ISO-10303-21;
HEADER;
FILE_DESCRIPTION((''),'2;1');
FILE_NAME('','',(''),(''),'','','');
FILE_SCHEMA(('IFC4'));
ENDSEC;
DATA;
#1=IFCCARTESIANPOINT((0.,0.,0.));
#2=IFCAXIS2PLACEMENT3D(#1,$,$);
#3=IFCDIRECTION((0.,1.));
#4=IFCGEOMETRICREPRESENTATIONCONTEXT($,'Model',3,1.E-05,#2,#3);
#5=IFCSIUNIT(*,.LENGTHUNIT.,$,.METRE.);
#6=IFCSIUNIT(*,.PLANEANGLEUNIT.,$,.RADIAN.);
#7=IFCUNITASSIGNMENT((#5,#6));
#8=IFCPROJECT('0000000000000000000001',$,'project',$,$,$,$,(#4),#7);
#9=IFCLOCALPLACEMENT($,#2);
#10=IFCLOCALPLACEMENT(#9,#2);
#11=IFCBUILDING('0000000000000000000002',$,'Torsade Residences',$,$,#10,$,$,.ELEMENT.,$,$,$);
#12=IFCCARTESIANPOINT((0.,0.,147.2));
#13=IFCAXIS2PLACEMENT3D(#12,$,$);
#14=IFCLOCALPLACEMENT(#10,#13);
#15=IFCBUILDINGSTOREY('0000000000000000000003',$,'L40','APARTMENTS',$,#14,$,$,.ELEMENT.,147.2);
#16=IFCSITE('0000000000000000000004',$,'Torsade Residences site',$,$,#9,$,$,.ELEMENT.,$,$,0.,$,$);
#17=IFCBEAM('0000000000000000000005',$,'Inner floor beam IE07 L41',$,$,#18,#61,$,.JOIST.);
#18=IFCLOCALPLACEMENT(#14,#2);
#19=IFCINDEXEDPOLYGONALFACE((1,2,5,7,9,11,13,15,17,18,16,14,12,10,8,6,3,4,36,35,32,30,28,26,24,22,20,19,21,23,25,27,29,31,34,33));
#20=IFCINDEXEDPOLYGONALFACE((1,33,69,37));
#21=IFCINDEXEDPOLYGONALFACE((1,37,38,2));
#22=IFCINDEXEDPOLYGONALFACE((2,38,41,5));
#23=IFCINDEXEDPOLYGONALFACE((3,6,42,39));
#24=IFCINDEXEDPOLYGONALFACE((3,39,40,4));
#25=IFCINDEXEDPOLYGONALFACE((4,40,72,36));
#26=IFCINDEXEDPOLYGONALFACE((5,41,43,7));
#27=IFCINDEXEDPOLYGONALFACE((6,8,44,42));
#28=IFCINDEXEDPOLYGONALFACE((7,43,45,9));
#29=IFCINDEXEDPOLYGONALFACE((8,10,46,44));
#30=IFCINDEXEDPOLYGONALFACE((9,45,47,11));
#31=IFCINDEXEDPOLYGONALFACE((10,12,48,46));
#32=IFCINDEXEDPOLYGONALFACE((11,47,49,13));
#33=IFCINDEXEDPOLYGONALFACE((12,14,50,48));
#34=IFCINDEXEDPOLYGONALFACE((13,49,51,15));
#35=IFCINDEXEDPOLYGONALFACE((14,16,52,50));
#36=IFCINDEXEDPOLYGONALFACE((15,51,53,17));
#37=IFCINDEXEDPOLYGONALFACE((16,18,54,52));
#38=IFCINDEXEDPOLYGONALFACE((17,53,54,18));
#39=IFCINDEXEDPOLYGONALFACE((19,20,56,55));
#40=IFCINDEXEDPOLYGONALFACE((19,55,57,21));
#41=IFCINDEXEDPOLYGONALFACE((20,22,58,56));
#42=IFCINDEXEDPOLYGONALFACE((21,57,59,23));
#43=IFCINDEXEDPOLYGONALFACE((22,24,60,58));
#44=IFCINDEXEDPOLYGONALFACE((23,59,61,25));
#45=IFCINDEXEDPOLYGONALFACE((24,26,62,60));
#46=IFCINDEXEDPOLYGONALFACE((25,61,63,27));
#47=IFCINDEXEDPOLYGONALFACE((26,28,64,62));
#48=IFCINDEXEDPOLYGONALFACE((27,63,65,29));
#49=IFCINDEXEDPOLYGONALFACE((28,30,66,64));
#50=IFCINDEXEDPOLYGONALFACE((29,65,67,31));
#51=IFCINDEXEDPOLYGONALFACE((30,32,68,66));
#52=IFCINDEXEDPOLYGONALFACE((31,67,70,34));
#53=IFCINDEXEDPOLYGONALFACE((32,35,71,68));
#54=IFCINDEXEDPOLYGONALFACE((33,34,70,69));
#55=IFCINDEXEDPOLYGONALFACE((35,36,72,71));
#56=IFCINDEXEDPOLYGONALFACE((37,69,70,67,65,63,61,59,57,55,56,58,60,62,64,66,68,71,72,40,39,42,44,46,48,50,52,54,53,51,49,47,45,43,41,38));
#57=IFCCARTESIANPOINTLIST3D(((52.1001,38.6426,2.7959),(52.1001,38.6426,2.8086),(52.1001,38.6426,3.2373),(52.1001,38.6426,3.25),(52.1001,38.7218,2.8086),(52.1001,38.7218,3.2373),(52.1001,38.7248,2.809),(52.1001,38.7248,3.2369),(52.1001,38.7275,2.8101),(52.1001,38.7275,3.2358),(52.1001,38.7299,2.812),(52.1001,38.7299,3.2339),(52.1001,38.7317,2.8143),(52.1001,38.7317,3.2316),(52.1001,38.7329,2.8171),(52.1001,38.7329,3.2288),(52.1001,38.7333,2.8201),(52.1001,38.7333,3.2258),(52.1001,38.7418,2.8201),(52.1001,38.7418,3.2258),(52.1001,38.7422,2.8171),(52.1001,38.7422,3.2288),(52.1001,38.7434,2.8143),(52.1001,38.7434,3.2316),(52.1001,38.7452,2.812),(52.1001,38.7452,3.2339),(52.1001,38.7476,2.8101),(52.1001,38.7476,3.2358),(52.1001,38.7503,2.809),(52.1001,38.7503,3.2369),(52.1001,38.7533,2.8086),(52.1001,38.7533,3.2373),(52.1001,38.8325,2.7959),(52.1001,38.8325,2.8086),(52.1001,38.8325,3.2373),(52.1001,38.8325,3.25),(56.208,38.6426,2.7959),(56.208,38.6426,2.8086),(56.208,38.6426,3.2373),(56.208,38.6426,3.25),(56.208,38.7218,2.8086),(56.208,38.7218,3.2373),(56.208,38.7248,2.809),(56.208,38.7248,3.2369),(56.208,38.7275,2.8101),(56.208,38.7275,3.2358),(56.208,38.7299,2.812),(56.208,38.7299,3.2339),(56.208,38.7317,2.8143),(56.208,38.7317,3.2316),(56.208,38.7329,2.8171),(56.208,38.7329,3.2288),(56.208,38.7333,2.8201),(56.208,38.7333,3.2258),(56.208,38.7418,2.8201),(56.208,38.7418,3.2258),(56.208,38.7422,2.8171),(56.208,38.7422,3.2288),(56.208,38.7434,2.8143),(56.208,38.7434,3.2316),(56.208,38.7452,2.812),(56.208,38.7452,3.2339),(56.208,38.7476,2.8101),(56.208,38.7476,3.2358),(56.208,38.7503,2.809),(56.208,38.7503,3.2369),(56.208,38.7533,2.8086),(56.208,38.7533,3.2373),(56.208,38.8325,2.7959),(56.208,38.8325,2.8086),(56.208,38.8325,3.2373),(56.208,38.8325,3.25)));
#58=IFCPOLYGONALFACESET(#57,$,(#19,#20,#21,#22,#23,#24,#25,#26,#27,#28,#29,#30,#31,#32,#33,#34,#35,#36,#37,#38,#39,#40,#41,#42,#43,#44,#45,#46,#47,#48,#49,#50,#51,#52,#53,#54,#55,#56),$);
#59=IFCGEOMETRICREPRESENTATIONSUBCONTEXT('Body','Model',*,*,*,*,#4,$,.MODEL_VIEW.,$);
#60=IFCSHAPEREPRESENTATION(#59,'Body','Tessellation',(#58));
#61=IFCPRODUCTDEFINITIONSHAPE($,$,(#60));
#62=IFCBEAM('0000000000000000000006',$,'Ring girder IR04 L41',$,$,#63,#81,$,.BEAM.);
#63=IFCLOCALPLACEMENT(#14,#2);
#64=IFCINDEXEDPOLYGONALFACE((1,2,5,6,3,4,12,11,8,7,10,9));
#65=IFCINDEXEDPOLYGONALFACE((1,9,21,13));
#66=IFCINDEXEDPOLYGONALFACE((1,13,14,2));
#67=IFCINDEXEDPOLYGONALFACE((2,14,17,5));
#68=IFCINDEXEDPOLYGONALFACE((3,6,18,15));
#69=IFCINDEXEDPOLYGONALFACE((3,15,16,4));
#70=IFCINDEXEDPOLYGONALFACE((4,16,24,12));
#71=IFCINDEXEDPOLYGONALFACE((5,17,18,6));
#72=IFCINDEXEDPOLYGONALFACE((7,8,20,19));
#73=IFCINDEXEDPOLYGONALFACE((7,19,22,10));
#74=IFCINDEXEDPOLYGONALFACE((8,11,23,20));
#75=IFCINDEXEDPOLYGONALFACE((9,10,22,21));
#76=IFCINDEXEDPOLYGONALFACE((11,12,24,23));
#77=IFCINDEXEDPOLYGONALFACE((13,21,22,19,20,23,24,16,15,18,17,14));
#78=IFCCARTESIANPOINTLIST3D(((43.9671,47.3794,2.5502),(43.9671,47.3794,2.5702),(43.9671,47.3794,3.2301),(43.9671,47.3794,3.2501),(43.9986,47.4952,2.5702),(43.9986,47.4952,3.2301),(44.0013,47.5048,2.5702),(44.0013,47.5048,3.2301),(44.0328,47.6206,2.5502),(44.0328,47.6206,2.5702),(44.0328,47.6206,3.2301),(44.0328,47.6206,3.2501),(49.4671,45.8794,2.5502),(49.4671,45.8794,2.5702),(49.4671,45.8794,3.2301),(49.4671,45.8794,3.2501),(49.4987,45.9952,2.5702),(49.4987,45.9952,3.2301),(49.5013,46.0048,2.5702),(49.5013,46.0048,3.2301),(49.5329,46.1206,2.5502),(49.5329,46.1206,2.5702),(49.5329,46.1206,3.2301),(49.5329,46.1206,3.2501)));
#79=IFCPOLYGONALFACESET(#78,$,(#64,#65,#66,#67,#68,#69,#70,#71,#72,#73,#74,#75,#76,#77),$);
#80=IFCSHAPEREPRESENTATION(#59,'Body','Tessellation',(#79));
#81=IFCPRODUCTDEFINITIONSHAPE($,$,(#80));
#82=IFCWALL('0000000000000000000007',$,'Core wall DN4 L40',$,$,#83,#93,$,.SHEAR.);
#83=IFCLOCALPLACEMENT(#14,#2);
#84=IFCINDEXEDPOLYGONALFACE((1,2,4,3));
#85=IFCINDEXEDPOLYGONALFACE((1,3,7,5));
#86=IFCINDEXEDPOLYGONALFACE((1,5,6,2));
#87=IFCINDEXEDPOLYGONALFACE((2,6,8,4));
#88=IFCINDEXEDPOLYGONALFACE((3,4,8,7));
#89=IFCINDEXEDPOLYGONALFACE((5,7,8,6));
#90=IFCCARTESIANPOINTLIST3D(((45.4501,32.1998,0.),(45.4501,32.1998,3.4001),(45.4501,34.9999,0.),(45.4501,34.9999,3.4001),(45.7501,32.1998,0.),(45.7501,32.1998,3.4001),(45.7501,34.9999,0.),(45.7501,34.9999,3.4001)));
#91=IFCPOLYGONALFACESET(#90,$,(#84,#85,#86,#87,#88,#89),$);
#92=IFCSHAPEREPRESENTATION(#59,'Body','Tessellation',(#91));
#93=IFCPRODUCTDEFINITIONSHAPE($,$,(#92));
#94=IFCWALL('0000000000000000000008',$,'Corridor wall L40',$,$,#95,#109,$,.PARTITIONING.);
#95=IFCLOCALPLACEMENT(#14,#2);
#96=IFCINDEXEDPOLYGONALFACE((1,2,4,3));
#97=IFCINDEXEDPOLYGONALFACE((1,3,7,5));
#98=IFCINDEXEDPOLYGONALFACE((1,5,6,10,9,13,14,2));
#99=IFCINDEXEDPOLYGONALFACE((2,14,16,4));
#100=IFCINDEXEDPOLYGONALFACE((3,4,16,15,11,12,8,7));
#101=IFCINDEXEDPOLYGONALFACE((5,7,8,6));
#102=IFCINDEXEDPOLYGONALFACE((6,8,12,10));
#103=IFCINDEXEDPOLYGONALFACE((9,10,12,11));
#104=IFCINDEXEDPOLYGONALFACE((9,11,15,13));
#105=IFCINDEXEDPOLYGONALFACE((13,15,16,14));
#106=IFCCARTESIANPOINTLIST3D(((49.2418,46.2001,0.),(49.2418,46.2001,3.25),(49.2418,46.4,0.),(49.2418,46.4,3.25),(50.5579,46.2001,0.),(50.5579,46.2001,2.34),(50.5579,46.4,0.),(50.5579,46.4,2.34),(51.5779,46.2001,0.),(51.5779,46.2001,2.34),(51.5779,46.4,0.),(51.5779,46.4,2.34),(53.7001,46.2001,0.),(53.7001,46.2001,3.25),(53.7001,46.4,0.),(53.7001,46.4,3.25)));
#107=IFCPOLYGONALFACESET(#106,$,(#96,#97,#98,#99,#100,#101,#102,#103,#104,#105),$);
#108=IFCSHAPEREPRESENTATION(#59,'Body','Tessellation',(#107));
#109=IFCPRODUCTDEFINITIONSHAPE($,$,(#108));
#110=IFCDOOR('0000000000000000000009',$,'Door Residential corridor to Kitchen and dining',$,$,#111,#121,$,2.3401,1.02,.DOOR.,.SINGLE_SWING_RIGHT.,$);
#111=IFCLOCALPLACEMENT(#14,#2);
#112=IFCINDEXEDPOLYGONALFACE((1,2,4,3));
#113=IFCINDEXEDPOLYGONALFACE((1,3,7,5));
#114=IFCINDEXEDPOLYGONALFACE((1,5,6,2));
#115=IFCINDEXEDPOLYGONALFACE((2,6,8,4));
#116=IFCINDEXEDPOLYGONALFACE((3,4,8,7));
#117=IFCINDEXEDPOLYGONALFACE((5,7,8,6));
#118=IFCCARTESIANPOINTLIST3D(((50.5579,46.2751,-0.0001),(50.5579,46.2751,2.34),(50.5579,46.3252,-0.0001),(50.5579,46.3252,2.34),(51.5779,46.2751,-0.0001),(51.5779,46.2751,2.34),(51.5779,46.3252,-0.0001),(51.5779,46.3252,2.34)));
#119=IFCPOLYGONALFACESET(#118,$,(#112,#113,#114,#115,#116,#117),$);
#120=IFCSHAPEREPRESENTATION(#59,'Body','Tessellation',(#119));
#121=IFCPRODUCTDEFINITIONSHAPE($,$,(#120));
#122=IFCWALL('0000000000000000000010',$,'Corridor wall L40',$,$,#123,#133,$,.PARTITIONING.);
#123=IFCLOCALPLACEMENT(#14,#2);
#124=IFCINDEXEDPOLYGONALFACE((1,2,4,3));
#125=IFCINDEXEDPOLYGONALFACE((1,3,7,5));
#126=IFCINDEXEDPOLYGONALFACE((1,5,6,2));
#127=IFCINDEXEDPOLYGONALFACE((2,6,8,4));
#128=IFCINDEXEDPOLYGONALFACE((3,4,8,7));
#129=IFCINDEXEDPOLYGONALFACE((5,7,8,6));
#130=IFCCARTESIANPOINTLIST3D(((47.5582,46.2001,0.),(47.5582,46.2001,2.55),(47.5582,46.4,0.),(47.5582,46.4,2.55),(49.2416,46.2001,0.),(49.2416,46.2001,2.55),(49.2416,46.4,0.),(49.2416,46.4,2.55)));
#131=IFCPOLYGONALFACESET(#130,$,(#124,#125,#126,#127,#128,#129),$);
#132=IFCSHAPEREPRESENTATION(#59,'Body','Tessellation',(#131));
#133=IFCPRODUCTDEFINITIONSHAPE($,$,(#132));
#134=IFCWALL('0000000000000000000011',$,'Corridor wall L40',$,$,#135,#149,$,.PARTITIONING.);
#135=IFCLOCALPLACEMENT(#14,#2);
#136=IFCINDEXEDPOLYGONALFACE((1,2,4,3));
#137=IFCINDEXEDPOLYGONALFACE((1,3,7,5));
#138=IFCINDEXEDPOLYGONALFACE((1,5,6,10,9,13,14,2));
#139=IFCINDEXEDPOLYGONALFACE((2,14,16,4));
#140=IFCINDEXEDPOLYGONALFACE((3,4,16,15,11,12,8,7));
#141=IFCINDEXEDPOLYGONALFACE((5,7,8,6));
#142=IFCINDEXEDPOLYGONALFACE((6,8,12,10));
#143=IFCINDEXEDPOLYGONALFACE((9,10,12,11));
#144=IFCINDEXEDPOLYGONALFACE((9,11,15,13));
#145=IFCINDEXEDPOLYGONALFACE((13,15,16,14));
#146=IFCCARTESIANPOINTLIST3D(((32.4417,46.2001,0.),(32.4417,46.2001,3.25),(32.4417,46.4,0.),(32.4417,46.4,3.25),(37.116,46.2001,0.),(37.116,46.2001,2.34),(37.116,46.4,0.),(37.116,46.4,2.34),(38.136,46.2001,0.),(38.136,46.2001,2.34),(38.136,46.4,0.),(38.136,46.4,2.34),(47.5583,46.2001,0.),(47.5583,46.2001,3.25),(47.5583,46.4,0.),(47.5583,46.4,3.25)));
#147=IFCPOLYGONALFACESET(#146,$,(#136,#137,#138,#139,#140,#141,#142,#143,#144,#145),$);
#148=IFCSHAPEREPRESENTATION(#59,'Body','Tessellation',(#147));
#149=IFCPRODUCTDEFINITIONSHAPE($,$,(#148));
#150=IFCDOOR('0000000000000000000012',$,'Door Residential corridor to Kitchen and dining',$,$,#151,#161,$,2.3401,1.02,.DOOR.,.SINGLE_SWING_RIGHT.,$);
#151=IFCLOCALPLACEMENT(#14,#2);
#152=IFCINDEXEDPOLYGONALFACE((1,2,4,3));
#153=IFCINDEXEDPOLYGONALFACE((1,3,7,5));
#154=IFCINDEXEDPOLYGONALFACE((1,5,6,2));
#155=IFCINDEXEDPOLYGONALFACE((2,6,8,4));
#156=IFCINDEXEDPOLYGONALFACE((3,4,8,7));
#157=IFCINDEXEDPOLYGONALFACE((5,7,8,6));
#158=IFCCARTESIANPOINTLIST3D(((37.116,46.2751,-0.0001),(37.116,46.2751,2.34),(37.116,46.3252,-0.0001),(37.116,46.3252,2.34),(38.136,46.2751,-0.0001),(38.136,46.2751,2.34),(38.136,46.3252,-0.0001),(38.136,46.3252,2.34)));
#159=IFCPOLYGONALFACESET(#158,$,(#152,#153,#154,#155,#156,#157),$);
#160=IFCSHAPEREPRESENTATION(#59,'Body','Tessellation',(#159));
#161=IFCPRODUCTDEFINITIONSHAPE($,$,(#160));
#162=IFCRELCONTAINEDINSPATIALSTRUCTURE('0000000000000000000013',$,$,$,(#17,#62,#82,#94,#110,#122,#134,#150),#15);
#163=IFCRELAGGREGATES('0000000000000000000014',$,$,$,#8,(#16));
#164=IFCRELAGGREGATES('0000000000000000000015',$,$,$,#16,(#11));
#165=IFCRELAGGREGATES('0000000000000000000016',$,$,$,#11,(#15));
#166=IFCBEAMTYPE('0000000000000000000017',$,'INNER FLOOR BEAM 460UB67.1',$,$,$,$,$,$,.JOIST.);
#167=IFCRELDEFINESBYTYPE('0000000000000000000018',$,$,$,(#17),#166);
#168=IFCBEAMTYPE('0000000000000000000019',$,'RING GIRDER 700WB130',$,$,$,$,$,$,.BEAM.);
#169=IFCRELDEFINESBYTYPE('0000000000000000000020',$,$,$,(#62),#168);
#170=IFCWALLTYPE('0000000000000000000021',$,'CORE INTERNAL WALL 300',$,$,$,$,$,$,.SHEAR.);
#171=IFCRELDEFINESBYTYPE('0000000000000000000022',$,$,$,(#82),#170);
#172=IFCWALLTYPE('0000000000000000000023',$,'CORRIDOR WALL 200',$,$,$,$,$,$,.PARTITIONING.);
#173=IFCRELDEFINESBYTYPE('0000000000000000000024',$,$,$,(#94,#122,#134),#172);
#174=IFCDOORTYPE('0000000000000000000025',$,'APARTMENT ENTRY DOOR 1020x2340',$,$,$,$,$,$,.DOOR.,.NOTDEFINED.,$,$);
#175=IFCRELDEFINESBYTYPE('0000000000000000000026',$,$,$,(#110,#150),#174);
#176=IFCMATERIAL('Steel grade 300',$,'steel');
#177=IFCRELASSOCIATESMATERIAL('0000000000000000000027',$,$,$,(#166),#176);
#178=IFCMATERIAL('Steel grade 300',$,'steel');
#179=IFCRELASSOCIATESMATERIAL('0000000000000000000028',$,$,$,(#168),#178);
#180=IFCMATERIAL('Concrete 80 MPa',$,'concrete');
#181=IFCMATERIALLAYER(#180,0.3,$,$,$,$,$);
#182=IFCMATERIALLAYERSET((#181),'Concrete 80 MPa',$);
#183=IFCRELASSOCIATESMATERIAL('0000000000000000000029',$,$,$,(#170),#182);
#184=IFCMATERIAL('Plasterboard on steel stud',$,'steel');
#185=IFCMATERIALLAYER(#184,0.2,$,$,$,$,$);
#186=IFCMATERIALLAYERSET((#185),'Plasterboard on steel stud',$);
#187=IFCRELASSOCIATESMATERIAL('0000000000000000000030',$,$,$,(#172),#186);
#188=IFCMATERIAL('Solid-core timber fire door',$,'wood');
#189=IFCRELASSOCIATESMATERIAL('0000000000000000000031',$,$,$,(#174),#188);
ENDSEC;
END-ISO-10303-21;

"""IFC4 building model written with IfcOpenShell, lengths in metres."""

from ifc_helpers import new_model, si_unit, direction, frame, frame_2d, origin, origin_2d, place, context, subcontext, project, spatial, rectangle, i_section, extrude, material, layer, layer_set, material_profile, profile_set, type_object, element, fill, save


model = new_model("IFC4")

# Units and contexts
model_context = context("Model", 3, precision=1e-05, world=origin(), true_north=direction((0.0, 1.0)))
body_context = subcontext(model_context, "Body", "Model", "MODEL_VIEW")
ifc_project = project(units=[si_unit("LENGTHUNIT", "METRE"), si_unit("PLANEANGLEUNIT", "RADIAN")], contexts=[model_context])

# Site, building, storey
site_placement = place(None, origin())
site = spatial("IfcSite", under=ifc_project, at=site_placement, Name="Torsade Residences site", CompositionType="ELEMENT", RefElevation=0.0)
building_placement = place(site_placement, origin())
building = spatial("IfcBuilding", under=site, at=building_placement, Name="Torsade Residences", CompositionType="ELEMENT")
storey_placement = place(building_placement, frame((0.0, 0.0, 147.2)))
storey = spatial("IfcBuildingStorey", under=building, at=storey_placement, Name="L40", Description="APARTMENTS", CompositionType="ELEMENT", Elevation=147.2)

# Beams
ifc_material_1 = material(Name="Steel grade 300", Category="steel")
ifc_material_profile_1 = material_profile(ifc_material_1, i_section(OverallWidth=0.1899, OverallDepth=0.4541, WebThickness=0.0085, FlangeThickness=0.0127, FilletRadius=0.0115, at=origin_2d()), Name="460UB67.1")
ifc_profile_set_1 = profile_set([ifc_material_profile_1], Name="Steel grade 300")
beam_type_1 = type_object("IfcBeamType", Name="INNER FLOOR BEAM 460UB67.1", PredefinedType="JOIST", material=ifc_profile_set_1)
beam_1_placement = place(storey_placement, frame((52.1001, 38.7375, 3.0229), z_axis=(1.0, 0.0, 0.0), x_axis=(0.0, 1.0, 0.0)))
element("IfcBeam", 1, at=beam_1_placement, inside=storey, type_object=beam_type_1, Name="Inner floor beam IE07 L41", PredefinedType="JOIST", context=body_context, shape_type="SweptSolid", body=[
    extrude(i_section(OverallWidth=0.1899, OverallDepth=0.4541, WebThickness=0.0085, FlangeThickness=0.0127, FilletRadius=0.0115, at=origin_2d()), origin(), (0.0, 0.0, 1.0), 4.1079),
])
ifc_material_2 = material(Name="Steel grade 300", Category="steel")
ifc_material_profile_2 = material_profile(ifc_material_2, i_section(OverallWidth=0.25, OverallDepth=0.7, WebThickness=0.01, FlangeThickness=0.02, at=origin_2d()), Name="700WB130")
ifc_profile_set_2 = profile_set([ifc_material_profile_2], Name="Steel grade 300")
beam_type_2 = type_object("IfcBeamType", Name="RING GIRDER 700WB130", PredefinedType="BEAM", material=ifc_profile_set_2)
beam_2_placement = place(storey_placement, frame((49.5, 46.0, 2.9001), z_axis=(-0.964764, 0.263117, 0.0), x_axis=(-0.263117, -0.964764, 0.0)))
element("IfcBeam", 2, at=beam_2_placement, inside=storey, type_object=beam_type_2, Name="Ring girder IR04 L41", PredefinedType="BEAM", context=body_context, shape_type="SweptSolid", body=[
    extrude(i_section(OverallWidth=0.25, OverallDepth=0.7, WebThickness=0.01, FlangeThickness=0.02, at=origin_2d()), origin(), (0.0, 0.0, 1.0), 5.7009),
])

# Wall
ifc_material_3 = material(Name="Concrete 80 MPa", Category="concrete")
ifc_layer_1 = layer(ifc_material_3, 0.3)
ifc_layer_set_1 = layer_set([ifc_layer_1], Name="Concrete 80 MPa")
wall_type_1 = type_object("IfcWallType", Name="CORE INTERNAL WALL 300", PredefinedType="SHEAR", material=ifc_layer_set_1)
wall_1_placement = place(storey_placement, frame((45.6001, 32.2, 0.0), z_axis=(0.0, 0.0, 1.0), x_axis=(0.0, 1.0, 0.0)))
element("IfcWall", 3, at=wall_1_placement, inside=storey, type_object=wall_type_1, Name="Core wall DN4 L40", PredefinedType="SHEAR", context=body_context, shape_type="SweptSolid", body=[
    extrude(rectangle(XDim=2.8, YDim=0.3, at=frame_2d((1.3999, 0.0))), origin(), (0.0, 0.0, 1.0), 3.4001),
])

# Wall, opening, door
ifc_material_4 = material(Name="Plasterboard on steel stud", Category="steel")
ifc_layer_2 = layer(ifc_material_4, 0.2)
ifc_layer_set_2 = layer_set([ifc_layer_2], Name="Plasterboard on steel stud")
wall_type_2 = type_object("IfcWallType", Name="CORRIDOR WALL 200", PredefinedType="PARTITIONING", material=ifc_layer_set_2)
wall_2_placement = place(storey_placement, frame((53.7, 46.3, 0.0), z_axis=(0.0, 0.0, 1.0), x_axis=(-1.0, 0.0, 0.0)))
wall_2 = element("IfcWall", 4, at=wall_2_placement, inside=storey, type_object=wall_type_2, Name="Corridor wall L40", PredefinedType="PARTITIONING", context=body_context, shape_type="SweptSolid", body=[
    extrude(rectangle(XDim=4.4583, YDim=0.2, at=frame_2d((2.229, 0.0))), origin(), (0.0, 0.0, 1.0), 3.25),
])
opening_1_placement = place(wall_2_placement, frame((2.1221, 0.0, 0.0)))
opening_1 = element("IfcOpeningElement", 5, at=opening_1_placement, cuts=wall_2, PredefinedType="OPENING", context=body_context, shape_type="SweptSolid", body=[
    extrude(rectangle(XDim=1.02, YDim=2.3401, at=frame_2d((0.51, 1.1699))), frame((0.0, 0.1099, 0.0), z_axis=(0.0, -1.0, 0.0), x_axis=(1.0, 0.0, 0.0)), (0.0, 0.0, 1.0), 0.22),
])
ifc_material_5 = material(Name="Solid-core timber fire door", Category="wood")
door_type_1 = type_object("IfcDoorType", Name="APARTMENT ENTRY DOOR 1020x2340", OperationType="NOTDEFINED", PredefinedType="DOOR", material=ifc_material_5)
door_1_placement = place(opening_1_placement, origin())
door_1 = element("IfcDoor", 6, at=door_1_placement, inside=storey, type_object=door_type_1, Name="Door Residential corridor to Kitchen and dining", OperationType="SINGLE_SWING_RIGHT", OverallHeight=2.3401, OverallWidth=1.02, PredefinedType="DOOR", context=body_context, shape_type="SweptSolid", body=[
    extrude(rectangle(XDim=1.02, YDim=2.3401, at=frame_2d((0.51, 1.1699))), frame((0.0, 0.0249, 0.0), z_axis=(0.0, -1.0, 0.0), x_axis=(1.0, 0.0, 0.0)), (0.0, 0.0, 1.0), 0.05),
])
fill(opening_1, door_1)

# Wall
wall_3_placement = place(storey_placement, frame((49.2417, 46.3, 0.0), z_axis=(0.0, 0.0, 1.0), x_axis=(-1.0, 0.0, 0.0)))
element("IfcWall", 7, at=wall_3_placement, inside=storey, type_object=wall_type_2, Name="Corridor wall L40", PredefinedType="PARTITIONING", context=body_context, shape_type="SweptSolid", body=[
    extrude(rectangle(XDim=1.6833, YDim=0.2, at=frame_2d((0.8418, 0.0))), origin(), (0.0, 0.0, 1.0), 2.55),
])

# Wall, opening, door
wall_4_placement = place(storey_placement, frame((47.5583, 46.3, 0.0), z_axis=(0.0, 0.0, 1.0), x_axis=(-1.0, 0.0, 0.0)))
wall_4 = element("IfcWall", 8, at=wall_4_placement, inside=storey, type_object=wall_type_2, Name="Corridor wall L40", PredefinedType="PARTITIONING", context=body_context, shape_type="SweptSolid", body=[
    extrude(rectangle(XDim=15.1167, YDim=0.2, at=frame_2d((7.5583, 0.0))), origin(), (0.0, 0.0, 1.0), 3.25),
])
opening_2_placement = place(wall_4_placement, frame((9.4224, 0.0, 0.0)))
opening_2 = element("IfcOpeningElement", 9, at=opening_2_placement, cuts=wall_4, PredefinedType="OPENING", context=body_context, shape_type="SweptSolid", body=[
    extrude(rectangle(XDim=1.02, YDim=2.3401, at=frame_2d((0.51, 1.1699))), frame((0.0, 0.1099, 0.0), z_axis=(0.0, -1.0, 0.0), x_axis=(1.0, 0.0, 0.0)), (0.0, 0.0, 1.0), 0.22),
])
door_2_placement = place(opening_2_placement, origin())
door_2 = element("IfcDoor", 10, at=door_2_placement, inside=storey, type_object=door_type_1, Name="Door Residential corridor to Kitchen and dining", OperationType="SINGLE_SWING_RIGHT", OverallHeight=2.3401, OverallWidth=1.02, PredefinedType="DOOR", context=body_context, shape_type="SweptSolid", body=[
    extrude(rectangle(XDim=1.02, YDim=2.3401, at=frame_2d((0.51, 1.1699))), frame((0.0, 0.0249, 0.0), z_axis=(0.0, -1.0, 0.0), x_axis=(1.0, 0.0, 0.0)), (0.0, 0.0, 1.0), 0.05),
])
fill(opening_2, door_2)

save(model, "model.ifc")
